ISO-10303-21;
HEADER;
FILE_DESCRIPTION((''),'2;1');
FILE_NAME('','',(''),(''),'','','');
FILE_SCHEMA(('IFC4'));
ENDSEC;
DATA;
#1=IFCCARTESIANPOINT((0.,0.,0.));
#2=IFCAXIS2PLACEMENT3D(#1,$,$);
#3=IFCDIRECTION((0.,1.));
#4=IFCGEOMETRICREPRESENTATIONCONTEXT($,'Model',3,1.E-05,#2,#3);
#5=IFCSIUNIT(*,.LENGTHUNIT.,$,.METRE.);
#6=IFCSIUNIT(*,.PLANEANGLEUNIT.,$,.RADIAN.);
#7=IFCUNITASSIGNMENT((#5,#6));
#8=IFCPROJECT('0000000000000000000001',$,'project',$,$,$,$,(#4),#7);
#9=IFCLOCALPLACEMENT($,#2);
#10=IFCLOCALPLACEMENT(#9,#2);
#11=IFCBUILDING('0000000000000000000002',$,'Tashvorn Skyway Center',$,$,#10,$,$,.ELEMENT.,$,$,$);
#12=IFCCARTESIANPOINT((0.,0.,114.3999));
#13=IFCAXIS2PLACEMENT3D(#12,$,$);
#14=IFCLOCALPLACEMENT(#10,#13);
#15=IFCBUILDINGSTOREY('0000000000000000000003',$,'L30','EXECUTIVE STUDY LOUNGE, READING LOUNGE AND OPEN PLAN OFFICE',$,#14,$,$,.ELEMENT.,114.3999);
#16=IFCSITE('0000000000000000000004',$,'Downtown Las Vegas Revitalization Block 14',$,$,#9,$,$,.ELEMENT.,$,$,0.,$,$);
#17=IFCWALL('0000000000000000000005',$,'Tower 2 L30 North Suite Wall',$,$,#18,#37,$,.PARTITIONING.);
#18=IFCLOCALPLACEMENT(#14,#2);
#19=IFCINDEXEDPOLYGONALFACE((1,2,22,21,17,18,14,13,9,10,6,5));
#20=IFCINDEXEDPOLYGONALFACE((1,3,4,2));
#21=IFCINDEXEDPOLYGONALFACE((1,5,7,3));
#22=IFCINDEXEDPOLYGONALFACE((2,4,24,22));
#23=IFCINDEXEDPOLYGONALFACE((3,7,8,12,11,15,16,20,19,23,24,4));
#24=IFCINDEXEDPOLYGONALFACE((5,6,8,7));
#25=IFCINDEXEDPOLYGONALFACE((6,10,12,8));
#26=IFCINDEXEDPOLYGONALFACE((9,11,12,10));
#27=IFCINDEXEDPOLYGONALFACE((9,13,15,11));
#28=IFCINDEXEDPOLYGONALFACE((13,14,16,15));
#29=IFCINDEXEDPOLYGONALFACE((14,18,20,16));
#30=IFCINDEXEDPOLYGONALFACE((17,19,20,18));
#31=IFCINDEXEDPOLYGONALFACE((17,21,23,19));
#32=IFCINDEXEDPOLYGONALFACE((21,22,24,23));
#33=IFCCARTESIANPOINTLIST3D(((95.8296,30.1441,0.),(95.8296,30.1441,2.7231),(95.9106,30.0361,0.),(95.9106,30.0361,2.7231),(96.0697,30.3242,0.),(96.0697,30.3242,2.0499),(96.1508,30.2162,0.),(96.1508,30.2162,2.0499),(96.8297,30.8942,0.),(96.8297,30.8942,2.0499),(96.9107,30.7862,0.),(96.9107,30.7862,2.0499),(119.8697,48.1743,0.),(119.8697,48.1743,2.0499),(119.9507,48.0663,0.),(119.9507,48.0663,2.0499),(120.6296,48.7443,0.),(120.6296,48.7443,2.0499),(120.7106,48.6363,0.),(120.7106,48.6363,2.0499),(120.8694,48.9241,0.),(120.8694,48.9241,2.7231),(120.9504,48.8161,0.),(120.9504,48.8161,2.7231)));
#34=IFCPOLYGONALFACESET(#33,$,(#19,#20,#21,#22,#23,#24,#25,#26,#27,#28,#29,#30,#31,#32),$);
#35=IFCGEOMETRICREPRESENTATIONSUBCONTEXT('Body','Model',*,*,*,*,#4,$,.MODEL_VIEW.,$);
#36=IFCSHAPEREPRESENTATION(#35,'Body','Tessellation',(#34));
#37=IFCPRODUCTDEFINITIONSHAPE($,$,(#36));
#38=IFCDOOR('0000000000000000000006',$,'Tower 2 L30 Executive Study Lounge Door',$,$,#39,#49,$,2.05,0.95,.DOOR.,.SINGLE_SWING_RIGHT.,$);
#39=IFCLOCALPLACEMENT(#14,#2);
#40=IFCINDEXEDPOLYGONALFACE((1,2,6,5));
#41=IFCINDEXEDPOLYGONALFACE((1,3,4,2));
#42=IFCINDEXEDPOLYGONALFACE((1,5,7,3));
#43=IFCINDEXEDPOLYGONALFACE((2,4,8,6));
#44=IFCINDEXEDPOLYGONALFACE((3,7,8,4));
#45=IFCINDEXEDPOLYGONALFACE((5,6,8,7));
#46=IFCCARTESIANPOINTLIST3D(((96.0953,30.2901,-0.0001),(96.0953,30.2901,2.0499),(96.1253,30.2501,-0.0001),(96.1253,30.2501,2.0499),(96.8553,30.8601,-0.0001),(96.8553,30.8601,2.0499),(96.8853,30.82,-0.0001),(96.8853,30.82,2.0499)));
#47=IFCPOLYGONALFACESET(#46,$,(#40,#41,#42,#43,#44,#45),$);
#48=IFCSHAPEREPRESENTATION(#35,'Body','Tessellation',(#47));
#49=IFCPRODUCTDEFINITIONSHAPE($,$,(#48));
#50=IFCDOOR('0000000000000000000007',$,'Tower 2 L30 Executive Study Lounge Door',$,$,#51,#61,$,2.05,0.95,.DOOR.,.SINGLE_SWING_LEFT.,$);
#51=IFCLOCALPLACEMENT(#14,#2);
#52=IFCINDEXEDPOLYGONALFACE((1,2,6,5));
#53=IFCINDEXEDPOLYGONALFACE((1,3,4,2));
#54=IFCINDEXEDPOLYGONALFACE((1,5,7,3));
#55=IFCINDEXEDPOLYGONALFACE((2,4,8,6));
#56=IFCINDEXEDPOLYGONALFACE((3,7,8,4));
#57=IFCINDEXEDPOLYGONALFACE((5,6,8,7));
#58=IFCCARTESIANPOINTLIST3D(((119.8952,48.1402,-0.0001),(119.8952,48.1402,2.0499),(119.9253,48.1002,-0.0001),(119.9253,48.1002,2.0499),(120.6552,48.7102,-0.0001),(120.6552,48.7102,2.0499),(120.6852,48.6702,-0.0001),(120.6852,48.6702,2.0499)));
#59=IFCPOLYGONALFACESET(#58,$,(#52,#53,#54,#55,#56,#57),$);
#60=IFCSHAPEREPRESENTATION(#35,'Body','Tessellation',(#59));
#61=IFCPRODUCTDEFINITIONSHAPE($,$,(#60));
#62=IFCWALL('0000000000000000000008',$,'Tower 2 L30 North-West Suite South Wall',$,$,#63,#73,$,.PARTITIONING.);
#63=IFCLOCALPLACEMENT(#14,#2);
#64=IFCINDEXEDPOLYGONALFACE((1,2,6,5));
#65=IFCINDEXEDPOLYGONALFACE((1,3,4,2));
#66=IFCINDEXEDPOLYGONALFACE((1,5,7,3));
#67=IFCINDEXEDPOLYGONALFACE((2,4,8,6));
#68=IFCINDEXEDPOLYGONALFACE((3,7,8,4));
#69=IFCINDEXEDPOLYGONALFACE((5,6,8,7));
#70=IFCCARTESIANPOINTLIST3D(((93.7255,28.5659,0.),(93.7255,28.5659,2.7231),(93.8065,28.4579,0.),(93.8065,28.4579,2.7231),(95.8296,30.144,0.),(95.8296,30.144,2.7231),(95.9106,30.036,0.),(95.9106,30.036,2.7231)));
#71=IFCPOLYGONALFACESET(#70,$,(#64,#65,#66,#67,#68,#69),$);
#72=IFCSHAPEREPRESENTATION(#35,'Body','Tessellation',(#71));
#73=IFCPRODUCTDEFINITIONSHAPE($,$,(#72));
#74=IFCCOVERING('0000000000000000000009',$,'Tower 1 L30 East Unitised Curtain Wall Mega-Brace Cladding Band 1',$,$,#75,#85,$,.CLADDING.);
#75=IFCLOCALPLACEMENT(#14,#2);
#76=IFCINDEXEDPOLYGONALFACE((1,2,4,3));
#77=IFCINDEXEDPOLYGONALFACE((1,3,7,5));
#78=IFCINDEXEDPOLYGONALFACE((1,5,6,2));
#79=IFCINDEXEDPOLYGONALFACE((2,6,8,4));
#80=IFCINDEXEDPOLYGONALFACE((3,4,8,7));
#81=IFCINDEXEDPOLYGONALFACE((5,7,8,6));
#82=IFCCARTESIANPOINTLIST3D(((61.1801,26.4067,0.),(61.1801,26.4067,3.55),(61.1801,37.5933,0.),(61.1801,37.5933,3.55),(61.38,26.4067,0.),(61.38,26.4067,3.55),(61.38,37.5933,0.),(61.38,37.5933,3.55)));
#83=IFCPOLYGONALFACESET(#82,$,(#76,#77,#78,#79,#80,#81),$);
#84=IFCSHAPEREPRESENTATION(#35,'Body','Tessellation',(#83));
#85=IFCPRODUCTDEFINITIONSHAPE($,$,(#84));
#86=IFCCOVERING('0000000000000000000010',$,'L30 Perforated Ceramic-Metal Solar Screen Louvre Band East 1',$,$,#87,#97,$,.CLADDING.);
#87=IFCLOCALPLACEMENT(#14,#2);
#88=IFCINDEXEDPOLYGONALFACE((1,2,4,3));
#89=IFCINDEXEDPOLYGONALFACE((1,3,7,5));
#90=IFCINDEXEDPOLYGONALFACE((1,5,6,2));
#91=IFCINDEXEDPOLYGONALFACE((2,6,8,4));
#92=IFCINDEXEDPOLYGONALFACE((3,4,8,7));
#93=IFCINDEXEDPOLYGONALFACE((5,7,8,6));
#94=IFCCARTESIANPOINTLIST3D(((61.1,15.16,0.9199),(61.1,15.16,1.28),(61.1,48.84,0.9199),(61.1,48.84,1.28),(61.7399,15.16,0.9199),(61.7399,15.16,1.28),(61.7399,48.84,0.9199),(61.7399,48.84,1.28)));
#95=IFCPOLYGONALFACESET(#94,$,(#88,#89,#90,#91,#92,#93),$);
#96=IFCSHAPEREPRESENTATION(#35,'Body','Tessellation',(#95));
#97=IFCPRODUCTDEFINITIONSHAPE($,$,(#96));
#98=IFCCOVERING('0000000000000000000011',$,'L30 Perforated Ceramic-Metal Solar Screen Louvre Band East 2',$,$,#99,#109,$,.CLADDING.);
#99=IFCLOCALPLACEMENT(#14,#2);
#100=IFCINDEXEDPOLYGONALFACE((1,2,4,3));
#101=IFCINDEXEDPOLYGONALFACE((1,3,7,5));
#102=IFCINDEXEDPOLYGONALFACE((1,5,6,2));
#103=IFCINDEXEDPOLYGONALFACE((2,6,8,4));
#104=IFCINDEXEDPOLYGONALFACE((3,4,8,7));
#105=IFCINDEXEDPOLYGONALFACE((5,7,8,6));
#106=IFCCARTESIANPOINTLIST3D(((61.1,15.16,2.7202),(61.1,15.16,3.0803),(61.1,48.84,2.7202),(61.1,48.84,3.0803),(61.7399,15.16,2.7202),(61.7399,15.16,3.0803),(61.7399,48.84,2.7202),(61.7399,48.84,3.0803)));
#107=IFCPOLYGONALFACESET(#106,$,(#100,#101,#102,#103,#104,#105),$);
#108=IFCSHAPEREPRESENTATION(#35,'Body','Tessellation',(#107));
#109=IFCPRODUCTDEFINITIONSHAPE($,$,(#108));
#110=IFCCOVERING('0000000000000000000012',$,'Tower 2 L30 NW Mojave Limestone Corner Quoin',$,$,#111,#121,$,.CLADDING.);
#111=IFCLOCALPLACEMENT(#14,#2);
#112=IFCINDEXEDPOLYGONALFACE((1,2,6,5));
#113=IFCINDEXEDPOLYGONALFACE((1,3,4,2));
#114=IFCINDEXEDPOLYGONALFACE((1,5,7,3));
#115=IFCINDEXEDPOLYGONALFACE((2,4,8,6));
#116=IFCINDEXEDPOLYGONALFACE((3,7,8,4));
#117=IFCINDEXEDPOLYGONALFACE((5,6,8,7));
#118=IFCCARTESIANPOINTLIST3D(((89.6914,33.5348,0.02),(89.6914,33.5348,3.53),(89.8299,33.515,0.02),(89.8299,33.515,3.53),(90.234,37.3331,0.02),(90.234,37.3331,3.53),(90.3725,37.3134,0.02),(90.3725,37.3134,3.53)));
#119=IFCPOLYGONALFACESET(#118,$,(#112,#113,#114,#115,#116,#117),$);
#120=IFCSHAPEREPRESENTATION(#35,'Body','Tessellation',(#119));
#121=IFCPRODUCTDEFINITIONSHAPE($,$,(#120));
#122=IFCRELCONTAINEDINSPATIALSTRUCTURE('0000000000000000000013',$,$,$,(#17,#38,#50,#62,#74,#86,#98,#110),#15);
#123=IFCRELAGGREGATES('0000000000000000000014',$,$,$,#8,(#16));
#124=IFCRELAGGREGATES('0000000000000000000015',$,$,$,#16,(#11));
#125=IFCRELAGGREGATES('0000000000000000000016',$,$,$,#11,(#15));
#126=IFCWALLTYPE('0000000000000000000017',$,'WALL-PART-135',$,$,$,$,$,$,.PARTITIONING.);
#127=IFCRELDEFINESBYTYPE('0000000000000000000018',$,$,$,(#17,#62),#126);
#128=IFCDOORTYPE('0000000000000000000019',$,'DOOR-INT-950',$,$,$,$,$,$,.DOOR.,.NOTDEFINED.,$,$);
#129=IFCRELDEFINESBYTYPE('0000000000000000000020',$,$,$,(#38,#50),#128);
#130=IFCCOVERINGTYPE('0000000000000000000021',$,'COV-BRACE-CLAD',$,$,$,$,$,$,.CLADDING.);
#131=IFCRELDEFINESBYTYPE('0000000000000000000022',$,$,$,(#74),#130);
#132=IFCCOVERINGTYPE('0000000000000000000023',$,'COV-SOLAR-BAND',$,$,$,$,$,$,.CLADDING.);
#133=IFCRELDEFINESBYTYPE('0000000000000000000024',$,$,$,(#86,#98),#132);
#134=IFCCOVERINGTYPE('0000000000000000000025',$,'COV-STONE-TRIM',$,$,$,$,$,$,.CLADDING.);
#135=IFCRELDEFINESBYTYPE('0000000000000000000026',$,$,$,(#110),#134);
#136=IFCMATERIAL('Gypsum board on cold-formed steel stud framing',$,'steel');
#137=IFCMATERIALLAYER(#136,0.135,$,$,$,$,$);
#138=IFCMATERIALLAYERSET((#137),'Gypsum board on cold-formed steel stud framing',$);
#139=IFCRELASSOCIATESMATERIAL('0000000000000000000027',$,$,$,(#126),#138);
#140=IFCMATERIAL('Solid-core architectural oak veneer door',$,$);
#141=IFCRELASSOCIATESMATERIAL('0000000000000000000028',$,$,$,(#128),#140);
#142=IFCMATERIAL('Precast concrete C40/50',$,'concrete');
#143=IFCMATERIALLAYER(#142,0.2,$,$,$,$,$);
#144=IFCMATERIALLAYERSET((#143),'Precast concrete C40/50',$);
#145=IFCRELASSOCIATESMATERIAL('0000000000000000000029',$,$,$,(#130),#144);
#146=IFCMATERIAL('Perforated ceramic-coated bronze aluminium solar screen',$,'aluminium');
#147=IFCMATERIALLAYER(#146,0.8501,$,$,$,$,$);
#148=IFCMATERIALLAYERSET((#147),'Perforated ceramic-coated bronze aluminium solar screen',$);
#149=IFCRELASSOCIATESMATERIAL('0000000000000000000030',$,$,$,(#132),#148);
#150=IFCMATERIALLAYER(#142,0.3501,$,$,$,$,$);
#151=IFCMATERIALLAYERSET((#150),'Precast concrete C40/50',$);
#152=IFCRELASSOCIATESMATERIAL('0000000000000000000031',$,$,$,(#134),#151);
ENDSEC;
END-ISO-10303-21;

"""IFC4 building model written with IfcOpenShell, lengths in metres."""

from ifc_helpers import new_model, si_unit, direction, frame, frame_2d, origin, origin_2d, place, context, subcontext, project, spatial, rectangle, extrude, material, layer, layer_set, type_object, element, fill, save


model = new_model("IFC4")

# Units and contexts
model_context = context("Model", 3, precision=1e-05, world=origin(), true_north=direction((0.0, 1.0)))
body_context = subcontext(model_context, "Body", "Model", "MODEL_VIEW")
ifc_project = project(units=[si_unit("LENGTHUNIT", "METRE"), si_unit("PLANEANGLEUNIT", "RADIAN")], contexts=[model_context])

# Site, building, storey
site_placement = place(None, origin())
site = spatial("IfcSite", under=ifc_project, at=site_placement, Name="Downtown Las Vegas Revitalization Block 14", CompositionType="ELEMENT", RefElevation=0.0)
building_placement = place(site_placement, origin())
building = spatial("IfcBuilding", under=site, at=building_placement, Name="Tashvorn Skyway Center", CompositionType="ELEMENT")
storey_placement = place(building_placement, frame((0.0, 0.0, 114.3999)))
storey = spatial("IfcBuildingStorey", under=building, at=storey_placement, Name="L30", Description="EXECUTIVE STUDY LOUNGE, READING LOUNGE AND OPEN PLAN OFFICE", CompositionType="ELEMENT", Elevation=114.3999)

# Shared definitions
ifc_material_1 = material(Name="Precast concrete C40/50", Category="concrete")

# Shared definitions
ifc_material_2 = material(Name="Gypsum board on cold-formed steel stud framing", Category="steel")
ifc_layer_1 = layer(ifc_material_2, 0.135)
ifc_layer_set_1 = layer_set([ifc_layer_1], Name="Gypsum board on cold-formed steel stud framing")
wall_type_1 = type_object("IfcWallType", Name="WALL-PART-135", PredefinedType="PARTITIONING", material=ifc_layer_set_1)
ifc_material_3 = material(Name="Solid-core architectural oak veneer door")
door_type = type_object("IfcDoorType", Name="DOOR-INT-950", OperationType="NOTDEFINED", PredefinedType="DOOR", material=ifc_material_3)

# Wall, openings, doors
wall_1_placement = place(storey_placement, frame((95.8701, 30.0901, 0.0), z_axis=(0.0, 0.0, 1.0), x_axis=(0.799997, 0.600004, 0.0)))
wall_1 = element("IfcWall", 1, at=wall_1_placement, inside=storey, type_object=wall_type_1, Name="Tower 2 L30 North Suite Wall", PredefinedType="PARTITIONING", context=body_context, shape_type="SweptSolid", body=[
    extrude(rectangle(XDim=31.2998, YDim=0.135, at=frame_2d((15.6499, 0.0))), origin(), (0.0, 0.0, 1.0), 2.7231),
])
opening_1_placement = place(wall_1_placement, frame((0.3, 0.0, 0.0)))
opening_1 = element("IfcOpeningElement", 2, at=opening_1_placement, cuts=wall_1, PredefinedType="OPENING", context=body_context, shape_type="SweptSolid", body=[
    extrude(rectangle(XDim=0.95, YDim=2.05, at=frame_2d((0.4751, 1.0249))), frame((0.0, 0.0774, 0.0), z_axis=(0.0, -1.0, 0.0), x_axis=(1.0, 0.0, 0.0)), (0.0, 0.0, 1.0), 0.155),
])
opening_2_placement = place(wall_1_placement, frame((30.05, 0.0, 0.0)))
opening_2 = element("IfcOpeningElement", 3, at=opening_2_placement, cuts=wall_1, PredefinedType="OPENING", context=body_context, shape_type="SweptSolid", body=[
    extrude(rectangle(XDim=0.95, YDim=2.05, at=frame_2d((0.4751, 1.0249))), frame((0.0, 0.0774, 0.0), z_axis=(0.0, -1.0, 0.0), x_axis=(1.0, 0.0, 0.0)), (0.0, 0.0, 1.0), 0.155),
])
door_1_placement = place(opening_1_placement, origin())
door_1 = element("IfcDoor", 4, at=door_1_placement, inside=storey, type_object=door_type, Name="Tower 2 L30 Executive Study Lounge Door", OperationType="SINGLE_SWING_RIGHT", OverallHeight=2.05, OverallWidth=0.95, PredefinedType="DOOR", context=body_context, shape_type="SweptSolid", body=[
    extrude(rectangle(XDim=0.95, YDim=2.05, at=frame_2d((0.4751, 1.0249))), frame((0.0, 0.0249, 0.0), z_axis=(0.0, -1.0, 0.0), x_axis=(1.0, 0.0, 0.0)), (0.0, 0.0, 1.0), 0.05),
])
fill(opening_1, door_1)
door_2_placement = place(opening_2_placement, origin())
door_2 = element("IfcDoor", 5, at=door_2_placement, inside=storey, type_object=door_type, Name="Tower 2 L30 Executive Study Lounge Door", OperationType="SINGLE_SWING_LEFT", OverallHeight=2.05, OverallWidth=0.95, PredefinedType="DOOR", context=body_context, shape_type="SweptSolid", body=[
    extrude(rectangle(XDim=0.95, YDim=2.05, at=frame_2d((0.4751, 1.0249))), frame((0.0, 0.0249, 0.0), z_axis=(0.0, -1.0, 0.0), x_axis=(1.0, 0.0, 0.0)), (0.0, 0.0, 1.0), 0.05),
])
fill(opening_2, door_2)

# Wall
wall_2_placement = place(storey_placement, frame((93.7661, 28.512, 0.0), z_axis=(0.0, 0.0, 1.0), x_axis=(0.799978, 0.60003, 0.0)))
element("IfcWall", 6, at=wall_2_placement, inside=storey, type_object=wall_type_1, Name="Tower 2 L30 North-West Suite South Wall", PredefinedType="PARTITIONING", context=body_context, shape_type="SweptSolid", body=[
    extrude(rectangle(XDim=2.6301, YDim=0.135, at=frame_2d((1.3149, 0.0))), origin(), (0.0, 0.0, 1.0), 2.7231),
])

# Coverings
ifc_layer_2 = layer(ifc_material_1, 0.2)
ifc_layer_set_2 = layer_set([ifc_layer_2], Name="Precast concrete C40/50")
covering_type_1 = type_object("IfcCoveringType", Name="COV-BRACE-CLAD", PredefinedType="CLADDING", material=ifc_layer_set_2)
covering_1_placement = place(storey_placement, frame((61.28, 32.0, 0.0), z_axis=(0.0, 0.0, 1.0), x_axis=(0.0, -1.0, 0.0)))
element("IfcCovering", 7, at=covering_1_placement, inside=storey, type_object=covering_type_1, Name="Tower 1 L30 East Unitised Curtain Wall Mega-Brace Cladding Band 1", PredefinedType="CLADDING", context=body_context, shape_type="SweptSolid", body=[
    extrude(rectangle(XDim=11.1865, YDim=0.2, at=origin_2d()), origin(), (0.0, 0.0, 1.0), 3.55),
])
ifc_material_4 = material(Name="Perforated ceramic-coated bronze aluminium solar screen", Category="aluminium")
ifc_layer_3 = layer(ifc_material_4, 0.8501)
ifc_layer_set_3 = layer_set([ifc_layer_3], Name="Perforated ceramic-coated bronze aluminium solar screen")
covering_type_2 = type_object("IfcCoveringType", Name="COV-SOLAR-BAND", PredefinedType="CLADDING", material=ifc_layer_set_3)
for number, where, z_axis, x_axis, name in (
    (8, (61.4199, 32.0, 0.9199), (0.0, 0.0, 1.0), (0.0, -1.0, 0.0), "L30 Perforated Ceramic-Metal Solar Screen Louvre Band East 1"),
    (9, (61.4199, 32.0, 2.7202), (0.0, 0.0, 1.0), (0.0, -1.0, 0.0), "L30 Perforated Ceramic-Metal Solar Screen Louvre Band East 2"),
):
    element("IfcCovering", number, at=place(storey_placement, frame(where, z_axis=z_axis, x_axis=x_axis)), inside=storey, type_object=covering_type_2, Name=name, PredefinedType="CLADDING", context=body_context, shape_type="SweptSolid", body=[
        extrude(rectangle(XDim=33.6799, YDim=0.6399, at=origin_2d()), origin(), (0.0, 0.0, 1.0), 0.3601),
    ])
ifc_layer_4 = layer(ifc_material_1, 0.3501)
ifc_layer_set_4 = layer_set([ifc_layer_4], Name="Precast concrete C40/50")
covering_type_3 = type_object("IfcCoveringType", Name="COV-STONE-TRIM", PredefinedType="CLADDING", material=ifc_layer_set_4)
covering_2_placement = place(storey_placement, frame((90.032, 35.4241, 0.02), z_axis=(0.0, 0.0, 1.0), x_axis=(-0.141421, -0.989949, 0.0)))
element("IfcCovering", 10, at=covering_2_placement, inside=storey, type_object=covering_type_3, Name="Tower 2 L30 NW Mojave Limestone Corner Quoin", PredefinedType="CLADDING", context=body_context, shape_type="SweptSolid", body=[
    extrude(rectangle(XDim=3.8369, YDim=0.1399, at=origin_2d()), origin(), (0.0, 0.0, 1.0), 3.51),
])

save(model, "model.ifc")
